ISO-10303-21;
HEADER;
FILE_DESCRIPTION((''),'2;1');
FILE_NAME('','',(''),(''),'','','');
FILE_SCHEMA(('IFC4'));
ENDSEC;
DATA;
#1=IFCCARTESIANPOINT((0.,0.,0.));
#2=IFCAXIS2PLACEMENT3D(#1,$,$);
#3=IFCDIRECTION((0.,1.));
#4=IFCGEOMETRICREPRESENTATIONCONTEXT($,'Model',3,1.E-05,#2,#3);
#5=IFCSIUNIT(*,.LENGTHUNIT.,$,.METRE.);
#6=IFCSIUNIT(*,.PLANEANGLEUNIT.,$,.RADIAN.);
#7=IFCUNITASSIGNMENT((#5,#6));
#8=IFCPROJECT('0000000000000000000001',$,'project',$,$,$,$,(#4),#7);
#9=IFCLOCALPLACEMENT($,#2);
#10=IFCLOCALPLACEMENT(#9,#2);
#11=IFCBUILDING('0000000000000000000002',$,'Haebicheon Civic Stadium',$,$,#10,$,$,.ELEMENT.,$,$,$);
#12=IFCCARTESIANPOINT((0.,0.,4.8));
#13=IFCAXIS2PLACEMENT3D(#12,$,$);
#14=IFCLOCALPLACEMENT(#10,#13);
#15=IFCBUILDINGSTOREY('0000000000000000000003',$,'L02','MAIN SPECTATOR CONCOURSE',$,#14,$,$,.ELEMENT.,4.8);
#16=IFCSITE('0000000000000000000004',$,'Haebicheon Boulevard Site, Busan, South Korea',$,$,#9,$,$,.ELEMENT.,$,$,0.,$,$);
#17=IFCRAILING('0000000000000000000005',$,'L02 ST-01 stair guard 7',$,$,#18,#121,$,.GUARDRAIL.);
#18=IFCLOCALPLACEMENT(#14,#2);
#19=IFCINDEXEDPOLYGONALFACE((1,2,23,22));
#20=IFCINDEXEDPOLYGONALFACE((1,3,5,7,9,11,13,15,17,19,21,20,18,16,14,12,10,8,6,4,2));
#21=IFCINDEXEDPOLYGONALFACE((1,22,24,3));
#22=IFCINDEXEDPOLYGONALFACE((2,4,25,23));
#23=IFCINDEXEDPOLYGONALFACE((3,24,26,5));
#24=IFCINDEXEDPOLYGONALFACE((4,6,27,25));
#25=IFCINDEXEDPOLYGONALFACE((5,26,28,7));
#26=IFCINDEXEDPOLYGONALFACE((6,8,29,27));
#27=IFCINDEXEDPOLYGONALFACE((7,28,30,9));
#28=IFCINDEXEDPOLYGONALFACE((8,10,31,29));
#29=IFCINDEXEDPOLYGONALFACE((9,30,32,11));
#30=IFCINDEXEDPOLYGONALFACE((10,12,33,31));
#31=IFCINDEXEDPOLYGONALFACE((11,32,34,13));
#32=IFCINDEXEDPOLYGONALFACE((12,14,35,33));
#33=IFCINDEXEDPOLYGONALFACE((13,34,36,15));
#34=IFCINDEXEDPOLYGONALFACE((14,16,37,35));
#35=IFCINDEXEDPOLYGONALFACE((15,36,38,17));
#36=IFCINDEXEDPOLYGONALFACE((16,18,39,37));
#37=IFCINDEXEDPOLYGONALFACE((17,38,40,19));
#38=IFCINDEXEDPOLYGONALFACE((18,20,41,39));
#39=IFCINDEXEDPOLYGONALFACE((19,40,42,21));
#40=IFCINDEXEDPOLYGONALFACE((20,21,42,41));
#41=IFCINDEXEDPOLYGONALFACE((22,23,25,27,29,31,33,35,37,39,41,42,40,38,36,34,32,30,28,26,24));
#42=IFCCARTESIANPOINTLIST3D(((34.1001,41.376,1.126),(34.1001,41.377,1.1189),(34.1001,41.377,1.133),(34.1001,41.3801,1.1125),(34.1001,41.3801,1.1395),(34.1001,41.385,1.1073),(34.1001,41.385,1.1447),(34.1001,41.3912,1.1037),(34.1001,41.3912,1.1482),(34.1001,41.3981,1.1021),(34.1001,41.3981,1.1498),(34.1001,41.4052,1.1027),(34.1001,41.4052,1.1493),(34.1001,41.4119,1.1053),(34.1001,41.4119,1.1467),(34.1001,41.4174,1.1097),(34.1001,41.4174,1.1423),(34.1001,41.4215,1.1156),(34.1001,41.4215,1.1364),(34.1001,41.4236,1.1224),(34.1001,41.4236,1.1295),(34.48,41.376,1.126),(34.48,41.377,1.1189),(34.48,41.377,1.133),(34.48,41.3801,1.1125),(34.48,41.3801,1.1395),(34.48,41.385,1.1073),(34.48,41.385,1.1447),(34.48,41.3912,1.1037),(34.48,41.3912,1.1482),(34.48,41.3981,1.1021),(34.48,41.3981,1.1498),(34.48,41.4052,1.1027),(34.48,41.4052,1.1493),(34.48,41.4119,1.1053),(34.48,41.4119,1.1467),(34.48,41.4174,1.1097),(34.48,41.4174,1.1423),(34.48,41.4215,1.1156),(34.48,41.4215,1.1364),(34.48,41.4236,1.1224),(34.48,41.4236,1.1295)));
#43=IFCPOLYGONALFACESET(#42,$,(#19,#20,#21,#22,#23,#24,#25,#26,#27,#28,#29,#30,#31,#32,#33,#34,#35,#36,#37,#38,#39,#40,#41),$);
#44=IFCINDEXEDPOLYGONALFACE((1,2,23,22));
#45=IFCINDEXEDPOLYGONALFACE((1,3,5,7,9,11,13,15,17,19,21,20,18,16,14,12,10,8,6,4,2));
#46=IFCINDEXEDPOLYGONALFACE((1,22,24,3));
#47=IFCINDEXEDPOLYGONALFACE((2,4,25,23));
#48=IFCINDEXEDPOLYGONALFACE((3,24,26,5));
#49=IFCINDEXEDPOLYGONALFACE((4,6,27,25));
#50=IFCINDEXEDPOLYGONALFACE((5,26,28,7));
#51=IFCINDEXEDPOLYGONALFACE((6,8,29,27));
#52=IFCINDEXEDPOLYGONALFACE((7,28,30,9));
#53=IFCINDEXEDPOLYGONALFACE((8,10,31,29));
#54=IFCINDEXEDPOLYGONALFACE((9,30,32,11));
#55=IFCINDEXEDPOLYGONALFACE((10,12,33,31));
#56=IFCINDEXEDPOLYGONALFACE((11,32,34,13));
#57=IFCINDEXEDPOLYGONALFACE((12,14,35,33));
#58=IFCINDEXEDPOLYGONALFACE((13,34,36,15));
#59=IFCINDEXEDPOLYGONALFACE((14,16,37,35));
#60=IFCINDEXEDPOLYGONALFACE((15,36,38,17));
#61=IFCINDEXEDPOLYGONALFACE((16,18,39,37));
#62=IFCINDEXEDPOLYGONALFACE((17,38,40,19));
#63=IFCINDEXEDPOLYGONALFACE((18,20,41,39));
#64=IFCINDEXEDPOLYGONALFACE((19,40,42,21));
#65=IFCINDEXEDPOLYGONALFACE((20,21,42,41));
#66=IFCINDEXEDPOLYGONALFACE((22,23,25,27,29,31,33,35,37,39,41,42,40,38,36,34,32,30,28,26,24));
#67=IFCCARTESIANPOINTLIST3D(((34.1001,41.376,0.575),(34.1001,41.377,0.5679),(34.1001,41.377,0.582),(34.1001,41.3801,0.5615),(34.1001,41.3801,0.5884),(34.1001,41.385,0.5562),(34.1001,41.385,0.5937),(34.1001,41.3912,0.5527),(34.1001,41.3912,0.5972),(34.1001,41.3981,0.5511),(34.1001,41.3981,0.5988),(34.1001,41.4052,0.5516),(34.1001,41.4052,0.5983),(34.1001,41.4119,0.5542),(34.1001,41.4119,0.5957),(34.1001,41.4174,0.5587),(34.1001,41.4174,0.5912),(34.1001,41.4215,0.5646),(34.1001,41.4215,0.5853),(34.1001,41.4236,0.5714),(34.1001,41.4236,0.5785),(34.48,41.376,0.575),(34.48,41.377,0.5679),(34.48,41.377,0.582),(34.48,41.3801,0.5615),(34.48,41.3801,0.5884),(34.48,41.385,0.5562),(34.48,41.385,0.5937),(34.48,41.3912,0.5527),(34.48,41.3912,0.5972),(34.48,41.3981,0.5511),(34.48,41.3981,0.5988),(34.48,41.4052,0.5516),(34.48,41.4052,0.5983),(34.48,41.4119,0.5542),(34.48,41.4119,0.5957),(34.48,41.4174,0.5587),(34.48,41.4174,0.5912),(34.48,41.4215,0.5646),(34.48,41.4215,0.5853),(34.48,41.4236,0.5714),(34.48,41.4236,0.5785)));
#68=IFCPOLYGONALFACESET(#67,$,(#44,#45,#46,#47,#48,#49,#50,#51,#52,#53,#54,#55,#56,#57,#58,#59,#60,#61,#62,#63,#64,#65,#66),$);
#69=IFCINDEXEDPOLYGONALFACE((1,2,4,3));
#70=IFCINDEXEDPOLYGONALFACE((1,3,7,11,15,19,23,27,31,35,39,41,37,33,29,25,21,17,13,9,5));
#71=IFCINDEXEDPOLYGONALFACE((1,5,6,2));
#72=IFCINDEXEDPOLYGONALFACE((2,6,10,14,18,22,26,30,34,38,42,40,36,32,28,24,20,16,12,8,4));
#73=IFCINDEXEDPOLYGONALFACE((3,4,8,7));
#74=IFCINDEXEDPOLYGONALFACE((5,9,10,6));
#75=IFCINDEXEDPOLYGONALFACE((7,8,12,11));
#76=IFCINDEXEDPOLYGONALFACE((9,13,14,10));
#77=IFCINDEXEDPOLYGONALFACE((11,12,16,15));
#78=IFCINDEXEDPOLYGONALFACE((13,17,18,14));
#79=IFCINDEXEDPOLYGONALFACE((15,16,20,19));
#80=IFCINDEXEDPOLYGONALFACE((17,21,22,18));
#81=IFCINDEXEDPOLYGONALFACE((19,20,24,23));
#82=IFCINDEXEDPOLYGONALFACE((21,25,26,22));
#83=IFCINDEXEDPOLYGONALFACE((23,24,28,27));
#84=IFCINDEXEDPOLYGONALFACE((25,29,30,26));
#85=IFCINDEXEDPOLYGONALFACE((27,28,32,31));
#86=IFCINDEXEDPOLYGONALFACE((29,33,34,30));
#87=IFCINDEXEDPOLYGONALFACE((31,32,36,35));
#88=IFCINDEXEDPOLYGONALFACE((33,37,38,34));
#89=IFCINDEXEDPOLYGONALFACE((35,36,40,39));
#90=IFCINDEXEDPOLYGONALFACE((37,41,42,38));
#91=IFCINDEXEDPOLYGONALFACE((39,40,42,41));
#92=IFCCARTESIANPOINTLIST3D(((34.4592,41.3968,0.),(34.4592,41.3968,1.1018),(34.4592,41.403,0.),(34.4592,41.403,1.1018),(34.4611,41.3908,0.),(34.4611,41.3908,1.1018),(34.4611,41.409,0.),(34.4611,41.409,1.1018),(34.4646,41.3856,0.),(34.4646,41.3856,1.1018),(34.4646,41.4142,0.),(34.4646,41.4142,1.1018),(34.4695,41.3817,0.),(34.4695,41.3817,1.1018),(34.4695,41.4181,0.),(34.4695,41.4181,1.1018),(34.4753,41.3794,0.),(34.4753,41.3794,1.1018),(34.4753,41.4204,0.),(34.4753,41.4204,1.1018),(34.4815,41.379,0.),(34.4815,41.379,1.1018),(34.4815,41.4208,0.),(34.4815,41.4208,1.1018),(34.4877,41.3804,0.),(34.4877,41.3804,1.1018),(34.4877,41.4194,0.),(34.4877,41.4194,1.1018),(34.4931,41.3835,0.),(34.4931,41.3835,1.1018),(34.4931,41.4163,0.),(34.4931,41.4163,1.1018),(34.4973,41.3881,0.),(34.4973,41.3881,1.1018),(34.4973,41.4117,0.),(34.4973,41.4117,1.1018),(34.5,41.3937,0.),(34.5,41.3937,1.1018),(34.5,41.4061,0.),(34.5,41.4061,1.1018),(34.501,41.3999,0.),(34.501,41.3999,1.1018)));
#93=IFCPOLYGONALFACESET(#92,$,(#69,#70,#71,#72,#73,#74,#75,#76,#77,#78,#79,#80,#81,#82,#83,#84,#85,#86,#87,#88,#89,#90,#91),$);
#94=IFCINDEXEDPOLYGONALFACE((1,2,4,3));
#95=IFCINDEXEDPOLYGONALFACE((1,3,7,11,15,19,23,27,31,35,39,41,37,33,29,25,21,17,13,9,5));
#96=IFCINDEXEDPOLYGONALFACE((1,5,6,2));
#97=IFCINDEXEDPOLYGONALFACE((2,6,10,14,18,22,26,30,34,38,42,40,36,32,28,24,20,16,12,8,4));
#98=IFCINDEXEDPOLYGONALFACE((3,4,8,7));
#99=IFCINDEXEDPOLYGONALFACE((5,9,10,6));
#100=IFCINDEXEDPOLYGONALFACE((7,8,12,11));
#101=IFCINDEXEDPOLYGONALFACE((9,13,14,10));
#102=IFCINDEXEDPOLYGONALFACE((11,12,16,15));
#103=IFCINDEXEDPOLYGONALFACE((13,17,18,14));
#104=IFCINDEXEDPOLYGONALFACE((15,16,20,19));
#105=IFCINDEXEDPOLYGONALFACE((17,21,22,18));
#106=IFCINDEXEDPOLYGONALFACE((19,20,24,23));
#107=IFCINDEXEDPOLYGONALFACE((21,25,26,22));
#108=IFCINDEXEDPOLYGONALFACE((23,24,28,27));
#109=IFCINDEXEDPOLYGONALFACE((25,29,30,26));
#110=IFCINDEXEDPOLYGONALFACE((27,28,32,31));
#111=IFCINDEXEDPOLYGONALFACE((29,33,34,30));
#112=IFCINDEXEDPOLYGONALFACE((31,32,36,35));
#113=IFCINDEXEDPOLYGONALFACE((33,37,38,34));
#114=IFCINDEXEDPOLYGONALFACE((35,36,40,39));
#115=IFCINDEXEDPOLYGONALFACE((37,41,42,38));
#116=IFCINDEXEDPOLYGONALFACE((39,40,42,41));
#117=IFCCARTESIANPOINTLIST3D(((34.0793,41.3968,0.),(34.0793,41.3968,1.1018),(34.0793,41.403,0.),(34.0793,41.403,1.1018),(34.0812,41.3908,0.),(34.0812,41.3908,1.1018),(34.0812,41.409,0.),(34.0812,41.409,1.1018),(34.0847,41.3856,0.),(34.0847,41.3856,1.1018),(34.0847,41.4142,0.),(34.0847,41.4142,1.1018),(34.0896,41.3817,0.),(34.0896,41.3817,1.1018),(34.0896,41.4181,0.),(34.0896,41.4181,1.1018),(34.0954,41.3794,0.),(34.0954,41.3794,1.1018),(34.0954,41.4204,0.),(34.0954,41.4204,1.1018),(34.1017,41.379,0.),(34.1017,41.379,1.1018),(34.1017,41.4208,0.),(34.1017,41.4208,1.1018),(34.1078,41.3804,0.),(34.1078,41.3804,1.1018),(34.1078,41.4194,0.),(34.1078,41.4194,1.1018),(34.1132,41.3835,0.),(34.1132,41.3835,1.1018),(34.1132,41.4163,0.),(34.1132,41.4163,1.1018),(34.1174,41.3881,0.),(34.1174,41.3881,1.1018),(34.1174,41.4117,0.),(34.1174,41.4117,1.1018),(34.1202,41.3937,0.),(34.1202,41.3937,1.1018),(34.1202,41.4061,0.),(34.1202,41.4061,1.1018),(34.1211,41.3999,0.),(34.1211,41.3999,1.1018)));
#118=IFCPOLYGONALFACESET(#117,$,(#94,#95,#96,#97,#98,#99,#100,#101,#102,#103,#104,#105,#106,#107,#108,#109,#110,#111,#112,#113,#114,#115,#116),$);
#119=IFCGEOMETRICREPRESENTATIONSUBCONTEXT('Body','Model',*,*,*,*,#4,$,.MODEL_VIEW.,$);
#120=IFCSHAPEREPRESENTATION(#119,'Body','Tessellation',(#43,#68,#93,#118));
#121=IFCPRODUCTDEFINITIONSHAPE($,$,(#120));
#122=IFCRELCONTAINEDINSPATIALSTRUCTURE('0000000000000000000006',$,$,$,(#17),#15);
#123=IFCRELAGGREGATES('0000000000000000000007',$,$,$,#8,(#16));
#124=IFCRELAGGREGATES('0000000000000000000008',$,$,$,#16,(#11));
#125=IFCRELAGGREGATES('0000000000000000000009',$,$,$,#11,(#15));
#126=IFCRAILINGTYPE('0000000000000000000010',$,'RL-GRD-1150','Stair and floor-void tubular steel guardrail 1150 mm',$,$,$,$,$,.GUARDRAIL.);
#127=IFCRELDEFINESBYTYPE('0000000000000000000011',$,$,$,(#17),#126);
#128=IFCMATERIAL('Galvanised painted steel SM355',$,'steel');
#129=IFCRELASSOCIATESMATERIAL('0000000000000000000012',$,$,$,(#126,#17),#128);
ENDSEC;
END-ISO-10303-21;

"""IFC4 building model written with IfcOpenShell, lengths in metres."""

from ifc_helpers import new_model, si_unit, direction, frame, origin, origin_2d, place, context, subcontext, project, spatial, circle, extrude, material, type_object, element, save


model = new_model("IFC4")

# Units and contexts
model_context = context("Model", 3, precision=1e-05, world=origin(), true_north=direction((0.0, 1.0)))
body_context = subcontext(model_context, "Body", "Model", "MODEL_VIEW")
ifc_project = project(units=[si_unit("LENGTHUNIT", "METRE"), si_unit("PLANEANGLEUNIT", "RADIAN")], contexts=[model_context])

# Site, building, storey
site_placement = place(None, origin())
site = spatial("IfcSite", under=ifc_project, at=site_placement, Name="Haebicheon Boulevard Site, Busan, South Korea", CompositionType="ELEMENT", RefElevation=0.0)
building_placement = place(site_placement, origin())
building = spatial("IfcBuilding", under=site, at=building_placement, Name="Haebicheon Civic Stadium", CompositionType="ELEMENT")
storey_placement = place(building_placement, frame((0.0, 0.0, 4.8)))
storey = spatial("IfcBuildingStorey", under=building, at=storey_placement, Name="L02", Description="MAIN SPECTATOR CONCOURSE", CompositionType="ELEMENT", Elevation=4.8)

# Railing
ifc_material_1 = material(Name="Galvanised painted steel SM355", Category="steel")
railing_type_1 = type_object("IfcRailingType", Name="RL-GRD-1150", Description="Stair and floor-void tubular steel guardrail 1150 mm", PredefinedType="GUARDRAIL", material=ifc_material_1)
railing_1_placement = place(storey_placement, frame((34.48, 41.3999, 0.0)))
element("IfcRailing", 1, at=railing_1_placement, inside=storey, type_object=railing_type_1, material=ifc_material_1, Name="L02 ST-01 stair guard 7", PredefinedType="GUARDRAIL", context=body_context, shape_type="SweptSolid", body=[
    extrude(circle(Radius=0.0239, at=origin_2d()), frame((0.0, 0.0, 1.126), z_axis=(-1.0, 0.0, 0.0), x_axis=(0.0, -1.0, 0.0)), (0.0, 0.0, 1.0), 0.3799),
    extrude(circle(Radius=0.0239, at=origin_2d()), frame((0.0, 0.0, 0.575), z_axis=(-1.0, 0.0, 0.0), x_axis=(0.0, -1.0, 0.0)), (0.0, 0.0, 1.0), 0.3799),
    extrude(circle(Radius=0.021, at=origin_2d()), origin(), (0.0, 0.0, 1.0), 1.1018),
    extrude(circle(Radius=0.021, at=origin_2d()), frame((-0.3799, 0.0, 0.0)), (0.0, 0.0, 1.0), 1.1018),
])

save(model, "model.ifc")
